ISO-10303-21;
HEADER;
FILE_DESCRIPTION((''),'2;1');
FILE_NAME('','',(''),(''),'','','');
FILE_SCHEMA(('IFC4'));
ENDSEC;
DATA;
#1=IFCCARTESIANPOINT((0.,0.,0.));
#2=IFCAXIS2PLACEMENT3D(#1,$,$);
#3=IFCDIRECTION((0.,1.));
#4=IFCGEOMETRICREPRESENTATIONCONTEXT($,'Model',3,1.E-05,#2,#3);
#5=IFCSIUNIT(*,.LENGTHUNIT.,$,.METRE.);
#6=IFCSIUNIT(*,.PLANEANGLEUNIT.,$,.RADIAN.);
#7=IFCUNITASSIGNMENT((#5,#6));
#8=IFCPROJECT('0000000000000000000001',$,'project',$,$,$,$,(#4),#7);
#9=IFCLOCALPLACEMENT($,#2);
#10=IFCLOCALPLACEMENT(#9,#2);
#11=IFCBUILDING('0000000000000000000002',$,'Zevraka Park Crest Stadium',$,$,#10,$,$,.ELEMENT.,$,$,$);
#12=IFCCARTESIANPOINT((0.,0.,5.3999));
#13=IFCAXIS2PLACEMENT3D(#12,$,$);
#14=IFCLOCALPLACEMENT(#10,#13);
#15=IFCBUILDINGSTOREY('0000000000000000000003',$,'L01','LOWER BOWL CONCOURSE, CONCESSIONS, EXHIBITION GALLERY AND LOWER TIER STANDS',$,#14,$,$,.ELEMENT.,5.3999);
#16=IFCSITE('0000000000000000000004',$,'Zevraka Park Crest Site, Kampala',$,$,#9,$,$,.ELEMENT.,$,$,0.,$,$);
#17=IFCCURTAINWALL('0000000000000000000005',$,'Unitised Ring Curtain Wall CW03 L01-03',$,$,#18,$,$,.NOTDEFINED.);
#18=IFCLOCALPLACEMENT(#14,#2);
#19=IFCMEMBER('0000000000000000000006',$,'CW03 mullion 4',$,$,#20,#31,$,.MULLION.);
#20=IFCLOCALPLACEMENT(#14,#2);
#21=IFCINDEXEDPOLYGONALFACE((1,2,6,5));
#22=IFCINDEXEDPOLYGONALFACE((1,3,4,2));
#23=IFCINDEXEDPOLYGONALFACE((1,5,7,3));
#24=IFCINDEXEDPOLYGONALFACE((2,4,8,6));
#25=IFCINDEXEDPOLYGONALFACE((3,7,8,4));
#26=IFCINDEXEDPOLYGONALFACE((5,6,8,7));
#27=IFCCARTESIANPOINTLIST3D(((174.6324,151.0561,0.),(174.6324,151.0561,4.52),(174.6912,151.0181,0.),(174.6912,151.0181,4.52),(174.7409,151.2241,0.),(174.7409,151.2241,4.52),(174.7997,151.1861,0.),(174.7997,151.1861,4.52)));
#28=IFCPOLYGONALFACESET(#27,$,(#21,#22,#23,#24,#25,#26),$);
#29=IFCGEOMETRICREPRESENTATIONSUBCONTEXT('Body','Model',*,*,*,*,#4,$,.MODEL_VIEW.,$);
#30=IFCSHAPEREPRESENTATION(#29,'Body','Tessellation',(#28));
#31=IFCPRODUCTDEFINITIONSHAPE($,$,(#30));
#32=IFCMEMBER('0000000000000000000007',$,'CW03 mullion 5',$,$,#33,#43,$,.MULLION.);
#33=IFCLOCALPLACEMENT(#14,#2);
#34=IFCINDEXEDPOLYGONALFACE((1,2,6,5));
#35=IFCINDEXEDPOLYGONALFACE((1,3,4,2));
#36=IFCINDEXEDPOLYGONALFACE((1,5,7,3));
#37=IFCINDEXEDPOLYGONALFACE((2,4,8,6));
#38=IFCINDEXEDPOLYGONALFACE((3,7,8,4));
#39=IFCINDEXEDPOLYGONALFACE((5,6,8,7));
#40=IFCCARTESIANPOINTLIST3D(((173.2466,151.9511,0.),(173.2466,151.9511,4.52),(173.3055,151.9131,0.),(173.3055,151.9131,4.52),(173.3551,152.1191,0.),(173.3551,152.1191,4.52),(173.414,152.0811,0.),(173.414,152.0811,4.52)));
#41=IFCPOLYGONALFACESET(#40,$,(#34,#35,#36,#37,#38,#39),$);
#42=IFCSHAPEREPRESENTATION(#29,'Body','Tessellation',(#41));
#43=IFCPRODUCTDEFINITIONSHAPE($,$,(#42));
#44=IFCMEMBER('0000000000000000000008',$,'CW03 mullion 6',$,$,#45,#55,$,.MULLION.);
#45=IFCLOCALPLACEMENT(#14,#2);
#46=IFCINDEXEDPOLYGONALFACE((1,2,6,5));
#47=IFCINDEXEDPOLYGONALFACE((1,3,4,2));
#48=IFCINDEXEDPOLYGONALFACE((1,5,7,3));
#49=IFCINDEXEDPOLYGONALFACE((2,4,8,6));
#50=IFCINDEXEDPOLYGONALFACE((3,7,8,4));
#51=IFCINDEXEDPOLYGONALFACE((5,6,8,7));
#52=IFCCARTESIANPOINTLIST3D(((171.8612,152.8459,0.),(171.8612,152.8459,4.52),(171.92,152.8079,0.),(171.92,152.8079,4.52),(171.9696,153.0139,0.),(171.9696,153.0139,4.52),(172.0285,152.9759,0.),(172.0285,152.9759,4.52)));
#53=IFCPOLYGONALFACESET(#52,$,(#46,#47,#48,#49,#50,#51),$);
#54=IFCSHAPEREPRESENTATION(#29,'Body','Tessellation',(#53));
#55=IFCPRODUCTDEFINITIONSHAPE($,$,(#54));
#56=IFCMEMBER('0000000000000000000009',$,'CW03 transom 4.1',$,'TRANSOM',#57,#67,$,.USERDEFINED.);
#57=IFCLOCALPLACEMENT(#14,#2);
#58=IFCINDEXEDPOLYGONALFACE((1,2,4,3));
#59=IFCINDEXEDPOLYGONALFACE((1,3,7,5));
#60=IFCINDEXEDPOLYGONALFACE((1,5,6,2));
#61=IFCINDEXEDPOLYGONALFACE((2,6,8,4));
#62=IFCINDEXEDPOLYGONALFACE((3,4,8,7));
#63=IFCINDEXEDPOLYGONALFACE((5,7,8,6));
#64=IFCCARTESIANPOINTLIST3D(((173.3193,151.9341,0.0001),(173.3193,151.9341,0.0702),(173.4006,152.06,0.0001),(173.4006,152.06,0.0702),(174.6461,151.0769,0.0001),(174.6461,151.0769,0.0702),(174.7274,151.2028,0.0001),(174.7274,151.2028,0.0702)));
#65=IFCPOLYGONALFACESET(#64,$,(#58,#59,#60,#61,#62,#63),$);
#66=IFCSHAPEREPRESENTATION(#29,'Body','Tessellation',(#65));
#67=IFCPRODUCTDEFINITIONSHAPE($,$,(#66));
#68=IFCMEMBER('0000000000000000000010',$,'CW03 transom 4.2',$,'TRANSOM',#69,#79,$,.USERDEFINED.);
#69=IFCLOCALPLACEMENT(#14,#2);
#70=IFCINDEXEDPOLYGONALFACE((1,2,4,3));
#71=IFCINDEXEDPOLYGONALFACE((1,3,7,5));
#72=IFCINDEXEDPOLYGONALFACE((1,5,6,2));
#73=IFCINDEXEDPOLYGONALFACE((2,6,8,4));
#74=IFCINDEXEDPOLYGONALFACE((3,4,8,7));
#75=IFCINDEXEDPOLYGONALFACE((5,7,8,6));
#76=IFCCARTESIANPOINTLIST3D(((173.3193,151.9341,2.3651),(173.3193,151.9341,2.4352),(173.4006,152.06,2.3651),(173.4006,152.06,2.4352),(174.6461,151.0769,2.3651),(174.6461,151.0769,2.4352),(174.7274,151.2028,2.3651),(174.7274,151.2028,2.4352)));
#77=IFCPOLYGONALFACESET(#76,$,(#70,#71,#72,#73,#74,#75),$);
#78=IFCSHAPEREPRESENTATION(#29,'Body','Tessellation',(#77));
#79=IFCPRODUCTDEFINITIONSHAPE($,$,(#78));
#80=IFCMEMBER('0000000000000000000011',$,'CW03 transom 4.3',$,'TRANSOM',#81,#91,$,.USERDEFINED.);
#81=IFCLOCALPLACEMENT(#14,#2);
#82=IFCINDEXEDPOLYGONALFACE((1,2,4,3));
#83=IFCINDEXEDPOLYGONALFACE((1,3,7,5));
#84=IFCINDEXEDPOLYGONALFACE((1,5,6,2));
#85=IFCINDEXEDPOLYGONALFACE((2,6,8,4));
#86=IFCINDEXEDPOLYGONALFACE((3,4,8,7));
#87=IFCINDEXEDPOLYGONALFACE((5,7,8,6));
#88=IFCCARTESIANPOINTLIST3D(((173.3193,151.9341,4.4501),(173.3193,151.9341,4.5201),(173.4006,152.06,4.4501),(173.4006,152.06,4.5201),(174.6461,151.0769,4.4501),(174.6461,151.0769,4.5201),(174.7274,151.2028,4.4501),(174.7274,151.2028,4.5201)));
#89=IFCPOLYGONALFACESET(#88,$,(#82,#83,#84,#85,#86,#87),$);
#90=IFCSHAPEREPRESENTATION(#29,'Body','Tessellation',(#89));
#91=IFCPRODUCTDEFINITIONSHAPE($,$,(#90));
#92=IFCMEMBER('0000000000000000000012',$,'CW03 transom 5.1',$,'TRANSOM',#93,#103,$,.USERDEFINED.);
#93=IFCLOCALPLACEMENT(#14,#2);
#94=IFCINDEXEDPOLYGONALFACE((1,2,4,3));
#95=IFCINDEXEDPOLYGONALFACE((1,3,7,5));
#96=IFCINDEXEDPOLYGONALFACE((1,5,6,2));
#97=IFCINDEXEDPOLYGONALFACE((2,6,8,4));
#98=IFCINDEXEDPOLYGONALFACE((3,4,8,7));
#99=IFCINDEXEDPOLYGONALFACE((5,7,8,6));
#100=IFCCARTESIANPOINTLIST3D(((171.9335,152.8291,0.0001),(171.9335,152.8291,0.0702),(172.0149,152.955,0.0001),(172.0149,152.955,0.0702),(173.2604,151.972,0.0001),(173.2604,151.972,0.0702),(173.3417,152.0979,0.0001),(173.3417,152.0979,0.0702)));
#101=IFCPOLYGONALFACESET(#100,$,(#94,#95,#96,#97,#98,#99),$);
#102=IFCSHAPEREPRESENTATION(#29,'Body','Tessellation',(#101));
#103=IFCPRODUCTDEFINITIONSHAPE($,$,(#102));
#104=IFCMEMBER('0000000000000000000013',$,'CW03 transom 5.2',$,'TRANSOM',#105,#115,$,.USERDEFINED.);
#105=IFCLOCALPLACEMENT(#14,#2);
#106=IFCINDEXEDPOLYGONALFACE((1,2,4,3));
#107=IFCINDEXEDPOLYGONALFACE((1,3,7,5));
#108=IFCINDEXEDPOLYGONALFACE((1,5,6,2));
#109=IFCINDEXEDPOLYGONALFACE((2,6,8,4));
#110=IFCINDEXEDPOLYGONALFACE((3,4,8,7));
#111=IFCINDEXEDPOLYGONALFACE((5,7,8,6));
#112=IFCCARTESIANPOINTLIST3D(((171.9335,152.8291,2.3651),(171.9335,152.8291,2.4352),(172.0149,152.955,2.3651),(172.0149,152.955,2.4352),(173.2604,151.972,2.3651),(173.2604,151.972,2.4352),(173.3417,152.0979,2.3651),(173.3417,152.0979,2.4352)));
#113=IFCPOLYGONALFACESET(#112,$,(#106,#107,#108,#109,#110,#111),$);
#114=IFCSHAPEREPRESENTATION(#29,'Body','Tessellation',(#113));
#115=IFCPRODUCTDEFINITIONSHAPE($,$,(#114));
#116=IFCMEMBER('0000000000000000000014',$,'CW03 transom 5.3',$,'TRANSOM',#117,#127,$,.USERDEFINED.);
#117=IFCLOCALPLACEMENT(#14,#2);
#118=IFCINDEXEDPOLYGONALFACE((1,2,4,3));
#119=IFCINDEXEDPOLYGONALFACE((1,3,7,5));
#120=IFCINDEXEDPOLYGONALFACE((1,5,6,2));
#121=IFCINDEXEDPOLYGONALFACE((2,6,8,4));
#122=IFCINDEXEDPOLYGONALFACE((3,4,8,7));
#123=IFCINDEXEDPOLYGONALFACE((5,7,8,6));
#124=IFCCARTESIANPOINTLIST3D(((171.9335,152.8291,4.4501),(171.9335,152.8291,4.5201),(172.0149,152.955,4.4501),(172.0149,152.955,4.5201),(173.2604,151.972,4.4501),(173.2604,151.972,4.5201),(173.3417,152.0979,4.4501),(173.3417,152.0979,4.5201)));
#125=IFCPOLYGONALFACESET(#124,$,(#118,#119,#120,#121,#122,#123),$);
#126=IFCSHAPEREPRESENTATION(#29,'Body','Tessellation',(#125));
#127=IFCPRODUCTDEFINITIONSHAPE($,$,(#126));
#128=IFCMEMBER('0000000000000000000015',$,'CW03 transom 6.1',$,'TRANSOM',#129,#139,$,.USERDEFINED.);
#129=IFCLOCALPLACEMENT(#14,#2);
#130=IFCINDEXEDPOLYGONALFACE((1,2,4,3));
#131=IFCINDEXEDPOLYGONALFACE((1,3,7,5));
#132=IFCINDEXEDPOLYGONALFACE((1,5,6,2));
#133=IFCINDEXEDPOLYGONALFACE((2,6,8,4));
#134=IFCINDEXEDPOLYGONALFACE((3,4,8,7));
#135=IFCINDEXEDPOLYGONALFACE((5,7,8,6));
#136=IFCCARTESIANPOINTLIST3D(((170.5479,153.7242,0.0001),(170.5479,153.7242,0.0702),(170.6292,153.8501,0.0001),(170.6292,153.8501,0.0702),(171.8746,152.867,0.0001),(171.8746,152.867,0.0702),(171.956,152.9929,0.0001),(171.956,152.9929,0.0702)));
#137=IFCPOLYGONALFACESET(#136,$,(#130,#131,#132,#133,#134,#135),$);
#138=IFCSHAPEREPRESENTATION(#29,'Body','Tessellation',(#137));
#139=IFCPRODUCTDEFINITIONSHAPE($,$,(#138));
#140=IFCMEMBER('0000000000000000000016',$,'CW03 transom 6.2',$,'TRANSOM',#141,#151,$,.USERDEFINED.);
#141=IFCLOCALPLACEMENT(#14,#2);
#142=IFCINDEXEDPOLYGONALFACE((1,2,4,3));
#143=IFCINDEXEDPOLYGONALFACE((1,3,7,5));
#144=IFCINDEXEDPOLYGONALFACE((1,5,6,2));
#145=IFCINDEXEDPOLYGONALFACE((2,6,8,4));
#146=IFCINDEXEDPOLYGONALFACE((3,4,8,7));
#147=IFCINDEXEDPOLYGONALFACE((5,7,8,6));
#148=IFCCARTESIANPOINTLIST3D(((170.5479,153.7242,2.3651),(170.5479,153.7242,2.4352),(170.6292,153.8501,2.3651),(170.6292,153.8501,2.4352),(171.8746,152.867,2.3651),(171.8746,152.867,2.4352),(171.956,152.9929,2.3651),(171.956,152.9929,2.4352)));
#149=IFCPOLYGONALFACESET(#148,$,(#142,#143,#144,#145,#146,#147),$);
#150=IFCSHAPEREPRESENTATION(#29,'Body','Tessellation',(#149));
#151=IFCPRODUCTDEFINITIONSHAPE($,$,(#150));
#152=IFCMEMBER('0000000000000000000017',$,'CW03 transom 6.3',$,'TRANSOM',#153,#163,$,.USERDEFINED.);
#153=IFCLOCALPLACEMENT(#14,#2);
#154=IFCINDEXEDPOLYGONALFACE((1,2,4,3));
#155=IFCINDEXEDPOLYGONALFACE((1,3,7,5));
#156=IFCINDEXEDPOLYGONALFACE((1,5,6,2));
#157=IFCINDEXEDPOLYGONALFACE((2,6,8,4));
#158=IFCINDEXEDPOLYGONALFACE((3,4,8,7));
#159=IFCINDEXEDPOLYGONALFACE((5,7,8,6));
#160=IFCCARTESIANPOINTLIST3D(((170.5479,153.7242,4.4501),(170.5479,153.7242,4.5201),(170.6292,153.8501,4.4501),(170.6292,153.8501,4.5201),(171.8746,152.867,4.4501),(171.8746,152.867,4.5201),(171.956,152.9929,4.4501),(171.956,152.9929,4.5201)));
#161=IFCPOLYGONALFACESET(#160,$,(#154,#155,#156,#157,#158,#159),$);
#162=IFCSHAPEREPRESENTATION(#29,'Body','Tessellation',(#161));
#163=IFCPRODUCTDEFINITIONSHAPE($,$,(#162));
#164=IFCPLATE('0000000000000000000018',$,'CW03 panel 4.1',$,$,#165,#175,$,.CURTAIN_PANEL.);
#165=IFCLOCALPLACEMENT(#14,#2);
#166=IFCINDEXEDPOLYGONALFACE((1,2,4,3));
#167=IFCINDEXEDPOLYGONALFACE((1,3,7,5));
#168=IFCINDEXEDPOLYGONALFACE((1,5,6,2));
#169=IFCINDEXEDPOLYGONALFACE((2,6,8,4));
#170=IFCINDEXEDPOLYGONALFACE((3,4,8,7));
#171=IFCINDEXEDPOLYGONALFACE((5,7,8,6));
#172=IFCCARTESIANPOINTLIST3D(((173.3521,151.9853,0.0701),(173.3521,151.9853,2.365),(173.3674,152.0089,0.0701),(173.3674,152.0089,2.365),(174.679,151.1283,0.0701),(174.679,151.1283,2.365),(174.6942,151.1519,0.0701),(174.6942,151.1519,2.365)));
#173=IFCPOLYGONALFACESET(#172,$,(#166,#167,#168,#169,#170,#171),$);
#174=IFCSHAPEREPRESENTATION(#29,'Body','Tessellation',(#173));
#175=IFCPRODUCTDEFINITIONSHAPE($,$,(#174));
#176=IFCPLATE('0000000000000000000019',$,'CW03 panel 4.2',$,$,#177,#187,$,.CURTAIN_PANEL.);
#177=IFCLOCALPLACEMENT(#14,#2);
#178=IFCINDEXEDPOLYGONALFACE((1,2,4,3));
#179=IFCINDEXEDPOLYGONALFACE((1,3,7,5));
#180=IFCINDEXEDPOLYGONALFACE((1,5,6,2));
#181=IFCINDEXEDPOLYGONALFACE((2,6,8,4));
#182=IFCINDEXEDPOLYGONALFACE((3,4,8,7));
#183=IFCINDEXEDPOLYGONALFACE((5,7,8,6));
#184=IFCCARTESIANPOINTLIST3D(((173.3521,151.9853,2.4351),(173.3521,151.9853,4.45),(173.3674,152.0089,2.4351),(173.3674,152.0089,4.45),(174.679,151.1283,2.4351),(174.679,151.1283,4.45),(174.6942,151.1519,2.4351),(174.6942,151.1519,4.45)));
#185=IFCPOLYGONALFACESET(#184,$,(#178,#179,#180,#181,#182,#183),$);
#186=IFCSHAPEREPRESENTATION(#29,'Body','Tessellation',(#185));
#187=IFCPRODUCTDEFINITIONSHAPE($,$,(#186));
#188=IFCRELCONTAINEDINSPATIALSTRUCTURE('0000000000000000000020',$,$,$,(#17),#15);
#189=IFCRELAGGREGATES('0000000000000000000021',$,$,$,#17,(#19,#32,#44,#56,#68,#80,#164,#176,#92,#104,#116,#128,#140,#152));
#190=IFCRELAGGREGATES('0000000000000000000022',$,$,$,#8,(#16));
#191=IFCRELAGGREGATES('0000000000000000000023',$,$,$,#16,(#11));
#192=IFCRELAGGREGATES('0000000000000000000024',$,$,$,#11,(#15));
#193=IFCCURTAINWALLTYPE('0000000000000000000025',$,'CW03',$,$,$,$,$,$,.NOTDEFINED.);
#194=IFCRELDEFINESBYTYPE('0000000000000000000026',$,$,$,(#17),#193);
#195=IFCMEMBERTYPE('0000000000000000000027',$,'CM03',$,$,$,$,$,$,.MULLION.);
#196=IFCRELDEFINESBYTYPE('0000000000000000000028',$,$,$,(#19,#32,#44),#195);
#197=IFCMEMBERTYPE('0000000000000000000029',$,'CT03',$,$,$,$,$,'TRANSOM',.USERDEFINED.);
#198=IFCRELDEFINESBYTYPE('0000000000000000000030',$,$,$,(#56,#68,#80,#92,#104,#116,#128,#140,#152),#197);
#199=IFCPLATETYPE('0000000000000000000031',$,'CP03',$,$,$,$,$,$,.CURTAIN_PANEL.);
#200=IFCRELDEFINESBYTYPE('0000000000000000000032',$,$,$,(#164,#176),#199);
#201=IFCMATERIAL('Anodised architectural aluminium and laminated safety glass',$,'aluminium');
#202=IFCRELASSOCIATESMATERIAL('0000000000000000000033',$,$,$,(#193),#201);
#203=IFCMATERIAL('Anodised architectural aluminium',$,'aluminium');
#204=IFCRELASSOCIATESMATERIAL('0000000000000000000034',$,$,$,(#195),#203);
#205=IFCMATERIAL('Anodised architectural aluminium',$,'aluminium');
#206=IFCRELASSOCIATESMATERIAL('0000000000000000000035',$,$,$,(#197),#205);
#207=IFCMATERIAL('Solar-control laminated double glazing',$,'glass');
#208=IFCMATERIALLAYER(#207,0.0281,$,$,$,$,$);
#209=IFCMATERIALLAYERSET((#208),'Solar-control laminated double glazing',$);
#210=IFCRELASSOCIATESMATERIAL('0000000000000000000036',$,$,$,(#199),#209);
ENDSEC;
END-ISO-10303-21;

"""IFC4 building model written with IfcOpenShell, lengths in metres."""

from ifc_helpers import new_model, si_unit, direction, frame, origin, origin_2d, place, context, subcontext, project, spatial, rectangle, extrude, material, layer, layer_set, material_profile, profile_set, type_object, element, aggregate, save


model = new_model("IFC4")

# Units and contexts
model_context = context("Model", 3, precision=1e-05, world=origin(), true_north=direction((0.0, 1.0)))
body_context = subcontext(model_context, "Body", "Model", "MODEL_VIEW")
ifc_project = project(units=[si_unit("LENGTHUNIT", "METRE"), si_unit("PLANEANGLEUNIT", "RADIAN")], contexts=[model_context])

# Site, building, storey
site_placement = place(None, origin())
site = spatial("IfcSite", under=ifc_project, at=site_placement, Name="Zevraka Park Crest Site, Kampala", CompositionType="ELEMENT", RefElevation=0.0)
building_placement = place(site_placement, origin())
building = spatial("IfcBuilding", under=site, at=building_placement, Name="Zevraka Park Crest Stadium", CompositionType="ELEMENT")
storey_placement = place(building_placement, frame((0.0, 0.0, 5.3999)))
storey = spatial("IfcBuildingStorey", under=building, at=storey_placement, Name="L01", Description="LOWER BOWL CONCOURSE, CONCESSIONS, EXHIBITION GALLERY AND LOWER TIER STANDS", CompositionType="ELEMENT", Elevation=5.3999)

# Curtain wall, members, plates
ifc_material_1 = material(Name="Anodised architectural aluminium and laminated safety glass", Category="aluminium")
curtain_wall_type = type_object("IfcCurtainWallType", Name="CW03", PredefinedType="NOTDEFINED", material=ifc_material_1)
curtain_wall_placement = place(storey_placement, origin())
curtain_wall = element("IfcCurtainWall", 1, at=curtain_wall_placement, inside=storey, type_object=curtain_wall_type, Name="Unitised Ring Curtain Wall CW03 L01-03", PredefinedType="NOTDEFINED")
ifc_material_2 = material(Name="Anodised architectural aluminium", Category="aluminium")
ifc_material_profile_1 = material_profile(ifc_material_2, rectangle(XDim=0.2, YDim=0.0701, at=origin_2d()), Name="ALU MULLION 200x70")
ifc_profile_set_1 = profile_set([ifc_material_profile_1], Name="Anodised architectural aluminium")
member_type_1 = type_object("IfcMemberType", Name="CM03", PredefinedType="MULLION", material=ifc_profile_set_1)
member_1_placement = place(storey_placement, frame((174.7161, 151.1211, 0.0), z_axis=(0.0, 0.0, 1.0), x_axis=(-0.542571, -0.84001, 0.0)))
member_1 = element("IfcMember", 2, at=member_1_placement, type_object=member_type_1, Name="CW03 mullion 4", PredefinedType="MULLION", context=body_context, shape_type="SweptSolid", body=[
    extrude(rectangle(XDim=0.2, YDim=0.0701, at=origin_2d()), origin(), (0.0, 0.0, 1.0), 4.52),
])
member_2_placement = place(storey_placement, frame((173.3303, 152.0161, 0.0), z_axis=(0.0, 0.0, 1.0), x_axis=(-0.542571, -0.84001, 0.0)))
member_2 = element("IfcMember", 3, at=member_2_placement, type_object=member_type_1, Name="CW03 mullion 5", PredefinedType="MULLION", context=body_context, shape_type="SweptSolid", body=[
    extrude(rectangle(XDim=0.2, YDim=0.0701, at=origin_2d()), origin(), (0.0, 0.0, 1.0), 4.52),
])
member_3_placement = place(storey_placement, frame((171.9448, 152.9109, 0.0), z_axis=(0.0, 0.0, 1.0), x_axis=(-0.542571, -0.84001, 0.0)))
member_3 = element("IfcMember", 4, at=member_3_placement, type_object=member_type_1, Name="CW03 mullion 6", PredefinedType="MULLION", context=body_context, shape_type="SweptSolid", body=[
    extrude(rectangle(XDim=0.2, YDim=0.0701, at=origin_2d()), origin(), (0.0, 0.0, 1.0), 4.52),
])
ifc_material_3 = material(Name="Anodised architectural aluminium", Category="aluminium")
ifc_material_profile_2 = material_profile(ifc_material_3, rectangle(XDim=0.1499, YDim=0.0701, at=origin_2d()), Name="ALU TRANSOM 150x70")
ifc_profile_set_2 = profile_set([ifc_material_profile_2], Name="Anodised architectural aluminium")
member_type_2 = type_object("IfcMemberType", Name="CT03", ElementType="TRANSOM", PredefinedType="USERDEFINED", material=ifc_profile_set_2)
member_4_placement = place(storey_placement, frame((174.6868, 151.1399, 0.0352), z_axis=(-0.839976, 0.542623, 0.0), x_axis=(-0.542623, -0.839976, 0.0)))
member_4 = element("IfcMember", 5, at=member_4_placement, type_object=member_type_2, Name="CW03 transom 4.1", ObjectType="TRANSOM", PredefinedType="USERDEFINED", context=body_context, shape_type="SweptSolid", body=[
    extrude(rectangle(XDim=0.1499, YDim=0.0701, at=origin_2d()), origin(), (0.0, 0.0, 1.0), 1.5796),
])
member_5_placement = place(storey_placement, frame((174.6868, 151.1399, 2.4001), z_axis=(-0.839976, 0.542623, 0.0), x_axis=(-0.542623, -0.839976, 0.0)))
member_5 = element("IfcMember", 6, at=member_5_placement, type_object=member_type_2, Name="CW03 transom 4.2", ObjectType="TRANSOM", PredefinedType="USERDEFINED", context=body_context, shape_type="SweptSolid", body=[
    extrude(rectangle(XDim=0.1499, YDim=0.0701, at=origin_2d()), origin(), (0.0, 0.0, 1.0), 1.5796),
])
member_6_placement = place(storey_placement, frame((174.6868, 151.1399, 4.4851), z_axis=(-0.839976, 0.542623, 0.0), x_axis=(-0.542623, -0.839976, 0.0)))
member_6 = element("IfcMember", 7, at=member_6_placement, type_object=member_type_2, Name="CW03 transom 4.3", ObjectType="TRANSOM", PredefinedType="USERDEFINED", context=body_context, shape_type="SweptSolid", body=[
    extrude(rectangle(XDim=0.1499, YDim=0.0701, at=origin_2d()), origin(), (0.0, 0.0, 1.0), 1.5796),
])
member_7_placement = place(storey_placement, frame((173.301, 152.0349, 0.0352), z_axis=(-0.839976, 0.542623, 0.0), x_axis=(-0.542623, -0.839976, 0.0)))
member_7 = element("IfcMember", 8, at=member_7_placement, type_object=member_type_2, Name="CW03 transom 5.1", ObjectType="TRANSOM", PredefinedType="USERDEFINED", context=body_context, shape_type="SweptSolid", body=[
    extrude(rectangle(XDim=0.1499, YDim=0.0701, at=origin_2d()), origin(), (0.0, 0.0, 1.0), 1.5796),
])
member_8_placement = place(storey_placement, frame((173.301, 152.0349, 2.4001), z_axis=(-0.839976, 0.542623, 0.0), x_axis=(-0.542623, -0.839976, 0.0)))
member_8 = element("IfcMember", 9, at=member_8_placement, type_object=member_type_2, Name="CW03 transom 5.2", ObjectType="TRANSOM", PredefinedType="USERDEFINED", context=body_context, shape_type="SweptSolid", body=[
    extrude(rectangle(XDim=0.1499, YDim=0.0701, at=origin_2d()), origin(), (0.0, 0.0, 1.0), 1.5796),
])
member_9_placement = place(storey_placement, frame((173.301, 152.0349, 4.4851), z_axis=(-0.839976, 0.542623, 0.0), x_axis=(-0.542623, -0.839976, 0.0)))
member_9 = element("IfcMember", 10, at=member_9_placement, type_object=member_type_2, Name="CW03 transom 5.3", ObjectType="TRANSOM", PredefinedType="USERDEFINED", context=body_context, shape_type="SweptSolid", body=[
    extrude(rectangle(XDim=0.1499, YDim=0.0701, at=origin_2d()), origin(), (0.0, 0.0, 1.0), 1.5796),
])
member_10_placement = place(storey_placement, frame((171.9153, 152.9299, 0.0352), z_axis=(-0.839931, 0.542694, 0.0), x_axis=(-0.542694, -0.839931, 0.0)))
member_10 = element("IfcMember", 11, at=member_10_placement, type_object=member_type_2, Name="CW03 transom 6.1", ObjectType="TRANSOM", PredefinedType="USERDEFINED", context=body_context, shape_type="SweptSolid", body=[
    extrude(rectangle(XDim=0.1499, YDim=0.0701, at=origin_2d()), origin(), (0.0, 0.0, 1.0), 1.5796),
])
member_11_placement = place(storey_placement, frame((171.9153, 152.9299, 2.4001), z_axis=(-0.839931, 0.542694, 0.0), x_axis=(-0.542694, -0.839931, 0.0)))
member_11 = element("IfcMember", 12, at=member_11_placement, type_object=member_type_2, Name="CW03 transom 6.2", ObjectType="TRANSOM", PredefinedType="USERDEFINED", context=body_context, shape_type="SweptSolid", body=[
    extrude(rectangle(XDim=0.1499, YDim=0.0701, at=origin_2d()), origin(), (0.0, 0.0, 1.0), 1.5796),
])
member_12_placement = place(storey_placement, frame((171.9153, 152.9299, 4.4851), z_axis=(-0.839931, 0.542694, 0.0), x_axis=(-0.542694, -0.839931, 0.0)))
member_12 = element("IfcMember", 13, at=member_12_placement, type_object=member_type_2, Name="CW03 transom 6.3", ObjectType="TRANSOM", PredefinedType="USERDEFINED", context=body_context, shape_type="SweptSolid", body=[
    extrude(rectangle(XDim=0.1499, YDim=0.0701, at=origin_2d()), origin(), (0.0, 0.0, 1.0), 1.5796),
])
ifc_material_4 = material(Name="Solar-control laminated double glazing", Category="glass")
ifc_layer_1 = layer(ifc_material_4, 0.0281)
ifc_layer_set_1 = layer_set([ifc_layer_1], Name="Solar-control laminated double glazing")
plate_type = type_object("IfcPlateType", Name="CP03", PredefinedType="CURTAIN_PANEL", material=ifc_layer_set_1)
plate_1_placement = place(storey_placement, frame((174.0232, 151.5686, 0.0701), z_axis=(0.0, 0.0, 1.0), x_axis=(-0.84001, 0.542571, 0.0)))
plate_1 = element("IfcPlate", 14, at=plate_1_placement, type_object=plate_type, Name="CW03 panel 4.1", PredefinedType="CURTAIN_PANEL", context=body_context, shape_type="SweptSolid", body=[
    extrude(rectangle(XDim=1.5796, YDim=0.0281, at=origin_2d()), origin(), (0.0, 0.0, 1.0), 2.2949),
])
plate_2_placement = place(storey_placement, frame((174.0232, 151.5686, 2.4351), z_axis=(0.0, 0.0, 1.0), x_axis=(-0.84001, 0.542571, 0.0)))
plate_2 = element("IfcPlate", 15, at=plate_2_placement, type_object=plate_type, Name="CW03 panel 4.2", PredefinedType="CURTAIN_PANEL", context=body_context, shape_type="SweptSolid", body=[
    extrude(rectangle(XDim=1.5796, YDim=0.0281, at=origin_2d()), origin(), (0.0, 0.0, 1.0), 2.0149),
])
aggregate(curtain_wall, [member_1, member_2, member_3, member_4, member_5, member_6, plate_1, plate_2, member_7, member_8, member_9, member_10, member_11, member_12])

save(model, "model.ifc")
